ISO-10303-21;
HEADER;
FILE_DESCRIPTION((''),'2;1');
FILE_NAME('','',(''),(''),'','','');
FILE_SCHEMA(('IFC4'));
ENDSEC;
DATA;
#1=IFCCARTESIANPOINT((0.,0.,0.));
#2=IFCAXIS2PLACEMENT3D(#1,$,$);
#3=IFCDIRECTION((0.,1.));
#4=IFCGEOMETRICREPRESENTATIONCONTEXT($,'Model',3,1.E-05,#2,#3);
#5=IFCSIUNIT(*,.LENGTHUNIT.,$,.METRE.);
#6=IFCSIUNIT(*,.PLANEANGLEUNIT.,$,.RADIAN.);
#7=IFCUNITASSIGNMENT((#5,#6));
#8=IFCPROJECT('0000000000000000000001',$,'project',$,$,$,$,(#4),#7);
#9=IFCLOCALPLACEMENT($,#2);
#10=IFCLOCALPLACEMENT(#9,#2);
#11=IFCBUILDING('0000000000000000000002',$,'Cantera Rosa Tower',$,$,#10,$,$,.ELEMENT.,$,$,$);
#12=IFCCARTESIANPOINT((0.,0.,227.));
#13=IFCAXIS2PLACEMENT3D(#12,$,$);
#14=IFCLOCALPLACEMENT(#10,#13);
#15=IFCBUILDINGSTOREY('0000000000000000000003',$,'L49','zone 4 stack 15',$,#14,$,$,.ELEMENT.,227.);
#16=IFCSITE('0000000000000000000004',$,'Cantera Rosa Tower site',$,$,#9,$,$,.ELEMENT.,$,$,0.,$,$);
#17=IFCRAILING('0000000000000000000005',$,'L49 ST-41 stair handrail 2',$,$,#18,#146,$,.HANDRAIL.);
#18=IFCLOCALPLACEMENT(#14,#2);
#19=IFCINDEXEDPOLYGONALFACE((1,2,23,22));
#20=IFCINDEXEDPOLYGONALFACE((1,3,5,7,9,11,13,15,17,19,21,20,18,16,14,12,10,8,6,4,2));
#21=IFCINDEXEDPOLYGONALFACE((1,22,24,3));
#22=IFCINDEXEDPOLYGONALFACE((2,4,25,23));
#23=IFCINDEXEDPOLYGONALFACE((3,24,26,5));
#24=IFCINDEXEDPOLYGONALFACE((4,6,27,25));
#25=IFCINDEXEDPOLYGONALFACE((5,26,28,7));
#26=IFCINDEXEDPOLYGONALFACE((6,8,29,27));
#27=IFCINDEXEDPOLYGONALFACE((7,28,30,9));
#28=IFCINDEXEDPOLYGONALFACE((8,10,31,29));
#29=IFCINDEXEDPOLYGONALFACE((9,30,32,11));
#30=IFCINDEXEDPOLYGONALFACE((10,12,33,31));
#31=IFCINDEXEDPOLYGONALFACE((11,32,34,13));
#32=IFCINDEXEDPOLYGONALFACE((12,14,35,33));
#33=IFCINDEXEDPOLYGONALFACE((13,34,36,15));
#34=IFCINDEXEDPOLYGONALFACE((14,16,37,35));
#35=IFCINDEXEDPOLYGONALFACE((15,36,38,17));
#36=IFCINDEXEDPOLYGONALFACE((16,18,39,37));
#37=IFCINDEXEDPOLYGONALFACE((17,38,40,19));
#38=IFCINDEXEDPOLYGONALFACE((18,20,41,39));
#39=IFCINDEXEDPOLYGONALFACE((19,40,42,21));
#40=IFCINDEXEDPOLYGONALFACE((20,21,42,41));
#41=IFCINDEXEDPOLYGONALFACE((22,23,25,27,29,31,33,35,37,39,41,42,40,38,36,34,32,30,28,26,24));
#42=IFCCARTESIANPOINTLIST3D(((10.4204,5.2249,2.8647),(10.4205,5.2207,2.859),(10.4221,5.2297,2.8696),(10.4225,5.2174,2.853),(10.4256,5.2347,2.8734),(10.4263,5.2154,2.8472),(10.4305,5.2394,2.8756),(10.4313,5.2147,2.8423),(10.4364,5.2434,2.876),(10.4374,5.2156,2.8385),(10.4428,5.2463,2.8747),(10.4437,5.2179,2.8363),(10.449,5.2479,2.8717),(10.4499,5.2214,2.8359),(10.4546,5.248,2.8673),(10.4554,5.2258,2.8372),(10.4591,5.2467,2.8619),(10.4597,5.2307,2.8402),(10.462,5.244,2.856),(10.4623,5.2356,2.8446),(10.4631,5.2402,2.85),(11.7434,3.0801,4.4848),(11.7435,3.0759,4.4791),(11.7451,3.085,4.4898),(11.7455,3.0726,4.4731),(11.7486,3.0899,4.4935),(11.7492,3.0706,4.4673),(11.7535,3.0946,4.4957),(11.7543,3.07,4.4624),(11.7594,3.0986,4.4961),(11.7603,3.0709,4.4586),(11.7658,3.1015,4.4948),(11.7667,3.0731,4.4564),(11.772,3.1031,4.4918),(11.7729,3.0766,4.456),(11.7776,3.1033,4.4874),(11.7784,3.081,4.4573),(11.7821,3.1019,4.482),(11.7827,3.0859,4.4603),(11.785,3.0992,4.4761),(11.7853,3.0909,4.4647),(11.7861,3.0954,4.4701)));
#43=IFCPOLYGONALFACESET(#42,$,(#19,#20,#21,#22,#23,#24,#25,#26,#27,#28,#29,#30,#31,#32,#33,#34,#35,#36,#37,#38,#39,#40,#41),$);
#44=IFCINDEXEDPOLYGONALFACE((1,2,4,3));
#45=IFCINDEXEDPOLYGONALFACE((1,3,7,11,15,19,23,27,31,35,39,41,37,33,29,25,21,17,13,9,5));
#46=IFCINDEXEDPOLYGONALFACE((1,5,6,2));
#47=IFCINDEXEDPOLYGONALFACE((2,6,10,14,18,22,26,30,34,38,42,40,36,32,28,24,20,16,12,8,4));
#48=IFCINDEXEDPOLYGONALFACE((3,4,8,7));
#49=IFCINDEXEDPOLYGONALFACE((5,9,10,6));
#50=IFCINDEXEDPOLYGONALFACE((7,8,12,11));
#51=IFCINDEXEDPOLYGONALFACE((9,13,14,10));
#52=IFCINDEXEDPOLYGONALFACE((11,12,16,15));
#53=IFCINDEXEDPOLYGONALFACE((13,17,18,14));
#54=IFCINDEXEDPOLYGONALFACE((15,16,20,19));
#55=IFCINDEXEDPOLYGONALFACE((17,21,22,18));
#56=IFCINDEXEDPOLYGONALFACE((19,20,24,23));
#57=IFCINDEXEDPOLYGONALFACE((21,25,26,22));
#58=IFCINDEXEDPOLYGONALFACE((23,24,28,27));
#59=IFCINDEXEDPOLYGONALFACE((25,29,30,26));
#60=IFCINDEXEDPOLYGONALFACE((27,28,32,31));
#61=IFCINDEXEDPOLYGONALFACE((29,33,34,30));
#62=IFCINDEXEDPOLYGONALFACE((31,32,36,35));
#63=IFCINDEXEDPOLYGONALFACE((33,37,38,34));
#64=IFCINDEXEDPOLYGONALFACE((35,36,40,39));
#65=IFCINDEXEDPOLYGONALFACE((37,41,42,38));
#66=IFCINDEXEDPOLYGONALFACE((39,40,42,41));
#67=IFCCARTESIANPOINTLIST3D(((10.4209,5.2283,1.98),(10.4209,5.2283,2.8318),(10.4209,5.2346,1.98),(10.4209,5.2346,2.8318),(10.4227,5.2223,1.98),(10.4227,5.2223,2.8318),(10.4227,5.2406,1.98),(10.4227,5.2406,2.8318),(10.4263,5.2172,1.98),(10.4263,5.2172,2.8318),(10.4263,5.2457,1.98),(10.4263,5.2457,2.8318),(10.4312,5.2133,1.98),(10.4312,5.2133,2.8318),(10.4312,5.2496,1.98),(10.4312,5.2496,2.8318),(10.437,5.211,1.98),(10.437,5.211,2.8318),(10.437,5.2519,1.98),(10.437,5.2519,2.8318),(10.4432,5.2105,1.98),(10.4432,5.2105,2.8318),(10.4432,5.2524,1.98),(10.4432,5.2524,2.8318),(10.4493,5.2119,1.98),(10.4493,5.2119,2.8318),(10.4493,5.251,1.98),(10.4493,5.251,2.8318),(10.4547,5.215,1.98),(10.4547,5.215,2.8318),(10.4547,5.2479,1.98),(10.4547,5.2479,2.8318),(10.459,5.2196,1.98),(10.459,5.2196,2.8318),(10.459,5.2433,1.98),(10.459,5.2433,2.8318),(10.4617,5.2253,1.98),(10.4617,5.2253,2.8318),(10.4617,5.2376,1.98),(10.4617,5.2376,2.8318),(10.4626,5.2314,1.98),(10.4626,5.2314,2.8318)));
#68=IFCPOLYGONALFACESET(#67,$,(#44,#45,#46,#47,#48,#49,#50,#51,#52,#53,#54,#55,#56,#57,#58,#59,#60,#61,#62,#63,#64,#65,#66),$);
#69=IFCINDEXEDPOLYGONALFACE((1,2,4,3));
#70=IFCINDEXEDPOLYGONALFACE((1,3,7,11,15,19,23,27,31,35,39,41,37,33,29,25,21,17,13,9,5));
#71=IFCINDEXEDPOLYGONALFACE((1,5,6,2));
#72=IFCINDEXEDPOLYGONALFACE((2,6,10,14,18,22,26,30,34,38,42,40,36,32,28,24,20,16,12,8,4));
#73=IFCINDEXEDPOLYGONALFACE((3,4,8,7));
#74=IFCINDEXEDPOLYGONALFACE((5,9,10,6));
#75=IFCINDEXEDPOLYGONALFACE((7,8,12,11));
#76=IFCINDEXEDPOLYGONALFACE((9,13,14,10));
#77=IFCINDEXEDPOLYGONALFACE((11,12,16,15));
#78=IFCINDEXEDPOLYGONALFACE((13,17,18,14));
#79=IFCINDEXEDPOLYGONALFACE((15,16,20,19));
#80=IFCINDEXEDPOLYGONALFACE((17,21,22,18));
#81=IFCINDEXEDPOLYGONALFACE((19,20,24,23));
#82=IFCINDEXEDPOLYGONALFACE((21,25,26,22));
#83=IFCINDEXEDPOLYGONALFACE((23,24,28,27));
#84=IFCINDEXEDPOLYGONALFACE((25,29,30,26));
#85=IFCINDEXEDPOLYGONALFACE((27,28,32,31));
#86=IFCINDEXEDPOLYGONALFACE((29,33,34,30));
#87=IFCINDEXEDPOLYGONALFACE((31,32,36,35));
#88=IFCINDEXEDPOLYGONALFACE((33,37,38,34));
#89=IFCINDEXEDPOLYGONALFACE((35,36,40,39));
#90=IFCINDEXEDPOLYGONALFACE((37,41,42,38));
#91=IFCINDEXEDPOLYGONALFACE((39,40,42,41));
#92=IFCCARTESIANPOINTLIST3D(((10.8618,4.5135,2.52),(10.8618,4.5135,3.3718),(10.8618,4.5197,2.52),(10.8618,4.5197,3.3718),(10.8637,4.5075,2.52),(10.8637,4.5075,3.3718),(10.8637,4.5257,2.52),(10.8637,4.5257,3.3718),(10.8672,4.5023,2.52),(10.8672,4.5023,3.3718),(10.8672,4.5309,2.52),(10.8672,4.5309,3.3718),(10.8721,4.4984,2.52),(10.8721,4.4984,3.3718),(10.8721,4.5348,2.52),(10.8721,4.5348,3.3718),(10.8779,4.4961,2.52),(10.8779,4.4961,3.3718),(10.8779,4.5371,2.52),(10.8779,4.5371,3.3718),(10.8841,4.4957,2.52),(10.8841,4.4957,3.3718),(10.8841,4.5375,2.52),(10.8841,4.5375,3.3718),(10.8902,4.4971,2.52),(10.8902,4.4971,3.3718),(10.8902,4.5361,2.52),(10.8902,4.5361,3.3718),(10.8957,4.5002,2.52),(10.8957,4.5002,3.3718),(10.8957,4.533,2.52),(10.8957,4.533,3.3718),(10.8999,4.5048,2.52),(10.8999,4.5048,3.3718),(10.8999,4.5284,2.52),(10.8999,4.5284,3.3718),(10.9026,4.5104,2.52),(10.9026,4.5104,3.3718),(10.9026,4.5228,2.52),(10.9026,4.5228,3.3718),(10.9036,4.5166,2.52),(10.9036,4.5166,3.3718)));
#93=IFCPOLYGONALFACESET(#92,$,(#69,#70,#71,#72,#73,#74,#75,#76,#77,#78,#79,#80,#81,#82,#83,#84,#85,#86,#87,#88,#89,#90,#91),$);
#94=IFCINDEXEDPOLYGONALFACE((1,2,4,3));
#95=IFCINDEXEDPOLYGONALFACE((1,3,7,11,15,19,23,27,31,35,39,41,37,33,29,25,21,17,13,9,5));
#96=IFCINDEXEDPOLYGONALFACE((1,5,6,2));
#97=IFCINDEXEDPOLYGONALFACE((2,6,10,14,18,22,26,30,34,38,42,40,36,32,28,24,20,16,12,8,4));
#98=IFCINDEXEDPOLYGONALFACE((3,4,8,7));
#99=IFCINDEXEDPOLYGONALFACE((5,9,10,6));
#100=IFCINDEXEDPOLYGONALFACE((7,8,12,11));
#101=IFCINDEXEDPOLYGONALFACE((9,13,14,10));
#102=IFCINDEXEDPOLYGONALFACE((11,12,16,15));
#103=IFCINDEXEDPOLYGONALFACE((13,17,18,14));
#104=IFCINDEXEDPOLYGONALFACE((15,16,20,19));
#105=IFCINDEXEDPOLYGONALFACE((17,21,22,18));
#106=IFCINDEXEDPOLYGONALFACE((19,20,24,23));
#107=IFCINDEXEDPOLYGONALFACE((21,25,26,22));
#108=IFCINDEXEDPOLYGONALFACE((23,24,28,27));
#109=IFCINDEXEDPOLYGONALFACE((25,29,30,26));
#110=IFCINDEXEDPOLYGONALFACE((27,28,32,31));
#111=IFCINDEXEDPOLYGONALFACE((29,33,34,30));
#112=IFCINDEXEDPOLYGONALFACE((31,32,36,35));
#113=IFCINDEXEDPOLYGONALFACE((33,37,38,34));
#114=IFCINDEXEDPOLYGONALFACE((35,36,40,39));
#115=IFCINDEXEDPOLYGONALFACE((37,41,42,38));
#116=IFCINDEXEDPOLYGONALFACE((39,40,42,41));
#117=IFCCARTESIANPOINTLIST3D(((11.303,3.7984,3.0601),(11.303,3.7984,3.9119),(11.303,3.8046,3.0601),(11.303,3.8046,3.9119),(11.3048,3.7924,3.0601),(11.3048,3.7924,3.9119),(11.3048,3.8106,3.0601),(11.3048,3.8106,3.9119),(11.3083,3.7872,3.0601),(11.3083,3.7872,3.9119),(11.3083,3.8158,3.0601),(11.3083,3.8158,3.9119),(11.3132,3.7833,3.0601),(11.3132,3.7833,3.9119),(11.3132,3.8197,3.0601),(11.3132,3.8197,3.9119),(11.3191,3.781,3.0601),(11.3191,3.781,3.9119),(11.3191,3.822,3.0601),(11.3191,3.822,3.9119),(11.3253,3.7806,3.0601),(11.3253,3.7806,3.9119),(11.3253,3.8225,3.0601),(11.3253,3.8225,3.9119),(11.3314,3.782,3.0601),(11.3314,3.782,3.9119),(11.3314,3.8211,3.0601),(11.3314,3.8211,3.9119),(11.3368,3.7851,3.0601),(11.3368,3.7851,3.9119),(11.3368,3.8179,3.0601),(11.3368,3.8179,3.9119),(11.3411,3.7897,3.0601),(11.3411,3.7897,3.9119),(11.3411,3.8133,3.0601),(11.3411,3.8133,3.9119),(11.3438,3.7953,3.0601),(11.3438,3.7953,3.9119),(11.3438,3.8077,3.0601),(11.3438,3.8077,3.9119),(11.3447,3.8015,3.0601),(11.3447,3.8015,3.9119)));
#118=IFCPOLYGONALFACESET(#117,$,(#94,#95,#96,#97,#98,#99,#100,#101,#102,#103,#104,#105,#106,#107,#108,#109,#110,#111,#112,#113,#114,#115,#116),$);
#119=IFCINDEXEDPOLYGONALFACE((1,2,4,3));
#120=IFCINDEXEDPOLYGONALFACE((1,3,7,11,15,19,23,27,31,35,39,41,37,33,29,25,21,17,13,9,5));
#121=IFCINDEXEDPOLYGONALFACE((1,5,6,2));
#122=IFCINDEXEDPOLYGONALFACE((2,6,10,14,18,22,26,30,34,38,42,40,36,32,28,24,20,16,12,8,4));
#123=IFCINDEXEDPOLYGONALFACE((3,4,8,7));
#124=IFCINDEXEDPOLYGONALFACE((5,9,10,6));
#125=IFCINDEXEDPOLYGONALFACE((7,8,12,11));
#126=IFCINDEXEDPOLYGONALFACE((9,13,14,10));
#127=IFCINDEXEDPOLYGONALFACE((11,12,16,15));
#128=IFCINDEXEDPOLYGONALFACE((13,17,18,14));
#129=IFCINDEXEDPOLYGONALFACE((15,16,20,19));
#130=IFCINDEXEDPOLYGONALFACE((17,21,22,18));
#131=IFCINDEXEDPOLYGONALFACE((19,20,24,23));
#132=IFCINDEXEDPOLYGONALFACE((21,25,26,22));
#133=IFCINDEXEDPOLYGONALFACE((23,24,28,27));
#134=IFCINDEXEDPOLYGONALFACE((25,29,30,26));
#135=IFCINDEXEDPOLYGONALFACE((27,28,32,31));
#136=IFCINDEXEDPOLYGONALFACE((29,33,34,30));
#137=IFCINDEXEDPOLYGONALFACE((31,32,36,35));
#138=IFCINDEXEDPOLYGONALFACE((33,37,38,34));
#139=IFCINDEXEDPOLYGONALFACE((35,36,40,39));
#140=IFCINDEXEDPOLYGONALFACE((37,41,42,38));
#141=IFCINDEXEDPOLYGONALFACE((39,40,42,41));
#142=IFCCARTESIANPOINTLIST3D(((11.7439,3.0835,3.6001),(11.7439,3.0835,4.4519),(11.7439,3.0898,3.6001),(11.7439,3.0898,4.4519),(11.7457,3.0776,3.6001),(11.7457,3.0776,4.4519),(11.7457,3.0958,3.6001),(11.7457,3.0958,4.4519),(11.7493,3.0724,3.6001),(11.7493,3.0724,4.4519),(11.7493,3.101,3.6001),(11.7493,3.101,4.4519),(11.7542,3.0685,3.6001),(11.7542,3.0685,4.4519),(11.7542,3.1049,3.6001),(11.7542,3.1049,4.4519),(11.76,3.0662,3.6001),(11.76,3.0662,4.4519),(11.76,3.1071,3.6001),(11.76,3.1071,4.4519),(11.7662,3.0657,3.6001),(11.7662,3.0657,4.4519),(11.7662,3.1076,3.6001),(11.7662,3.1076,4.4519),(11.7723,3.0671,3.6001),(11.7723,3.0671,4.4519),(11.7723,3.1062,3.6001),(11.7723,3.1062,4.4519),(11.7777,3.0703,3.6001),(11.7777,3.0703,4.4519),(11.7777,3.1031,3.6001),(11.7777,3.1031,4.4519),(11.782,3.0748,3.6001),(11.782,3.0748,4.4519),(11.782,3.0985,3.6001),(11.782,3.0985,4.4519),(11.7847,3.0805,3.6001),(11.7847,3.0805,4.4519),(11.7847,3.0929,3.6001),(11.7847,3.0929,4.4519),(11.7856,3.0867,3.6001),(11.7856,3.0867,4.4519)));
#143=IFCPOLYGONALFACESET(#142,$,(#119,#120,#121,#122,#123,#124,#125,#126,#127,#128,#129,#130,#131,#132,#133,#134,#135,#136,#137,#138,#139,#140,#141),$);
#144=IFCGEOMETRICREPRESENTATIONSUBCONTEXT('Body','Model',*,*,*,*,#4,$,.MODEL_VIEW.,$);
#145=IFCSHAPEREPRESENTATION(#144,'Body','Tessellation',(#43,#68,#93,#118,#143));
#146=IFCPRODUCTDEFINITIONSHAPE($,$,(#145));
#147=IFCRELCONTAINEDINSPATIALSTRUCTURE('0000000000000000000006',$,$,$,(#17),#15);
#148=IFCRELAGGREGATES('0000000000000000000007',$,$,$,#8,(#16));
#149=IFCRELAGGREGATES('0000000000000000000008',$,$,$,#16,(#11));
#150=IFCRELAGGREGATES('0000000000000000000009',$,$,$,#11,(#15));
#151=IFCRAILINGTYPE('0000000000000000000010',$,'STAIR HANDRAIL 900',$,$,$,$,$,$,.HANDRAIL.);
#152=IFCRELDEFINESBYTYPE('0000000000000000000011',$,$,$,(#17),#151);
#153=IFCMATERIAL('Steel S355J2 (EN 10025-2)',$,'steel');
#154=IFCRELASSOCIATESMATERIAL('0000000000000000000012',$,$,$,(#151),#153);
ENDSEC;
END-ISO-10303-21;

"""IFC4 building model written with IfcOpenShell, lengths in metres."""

from ifc_helpers import new_model, si_unit, direction, frame, origin, origin_2d, place, context, subcontext, project, spatial, circle, extrude, material, type_object, element, save


model = new_model("IFC4")

# Units and contexts
model_context = context("Model", 3, precision=1e-05, world=origin(), true_north=direction((0.0, 1.0)))
body_context = subcontext(model_context, "Body", "Model", "MODEL_VIEW")
ifc_project = project(units=[si_unit("LENGTHUNIT", "METRE"), si_unit("PLANEANGLEUNIT", "RADIAN")], contexts=[model_context])

# Site, building, storey
site_placement = place(None, origin())
site = spatial("IfcSite", under=ifc_project, at=site_placement, Name="Cantera Rosa Tower site", CompositionType="ELEMENT", RefElevation=0.0)
building_placement = place(site_placement, origin())
building = spatial("IfcBuilding", under=site, at=building_placement, Name="Cantera Rosa Tower", CompositionType="ELEMENT")
storey_placement = place(building_placement, frame((0.0, 0.0, 227.0)))
storey = spatial("IfcBuildingStorey", under=building, at=storey_placement, Name="L49", Description="zone 4 stack 15", CompositionType="ELEMENT", Elevation=227.0)

# Railing
ifc_material_1 = material(Name="Steel S355J2 (EN 10025-2)", Category="steel")
railing_type_1 = type_object("IfcRailingType", Name="STAIR HANDRAIL 900", PredefinedType="HANDRAIL", material=ifc_material_1)
railing_1_placement = place(storey_placement, frame((10.4417, 5.2314, 1.98)))
element("IfcRailing", 1, at=railing_1_placement, inside=storey, type_object=railing_type_1, Name="L49 ST-41 stair handrail 2", PredefinedType="HANDRAIL", context=body_context, shape_type="SweptSolid", body=[
    extrude(circle(Radius=0.0239, at=origin_2d()), frame((0.0, 0.0, 0.876), z_axis=(0.441609, -0.715914, 0.540786), x_axis=(0.851102, 0.525, 0.0)), (0.0, 0.0, 1.0), 2.9958),
    extrude(circle(Radius=0.021, at=origin_2d()), origin(), (0.0, 0.0, 1.0), 0.8518),
    extrude(circle(Radius=0.021, at=origin_2d()), frame((0.4409, -0.7148, 0.54)), (0.0, 0.0, 1.0), 0.8518),
    extrude(circle(Radius=0.021, at=origin_2d()), frame((0.8821, -1.4299, 1.0801)), (0.0, 0.0, 1.0), 0.8518),
    extrude(circle(Radius=0.021, at=origin_2d()), frame((1.323, -2.1448, 1.6201)), (0.0, 0.0, 1.0), 0.8518),
])

save(model, "model.ifc")
